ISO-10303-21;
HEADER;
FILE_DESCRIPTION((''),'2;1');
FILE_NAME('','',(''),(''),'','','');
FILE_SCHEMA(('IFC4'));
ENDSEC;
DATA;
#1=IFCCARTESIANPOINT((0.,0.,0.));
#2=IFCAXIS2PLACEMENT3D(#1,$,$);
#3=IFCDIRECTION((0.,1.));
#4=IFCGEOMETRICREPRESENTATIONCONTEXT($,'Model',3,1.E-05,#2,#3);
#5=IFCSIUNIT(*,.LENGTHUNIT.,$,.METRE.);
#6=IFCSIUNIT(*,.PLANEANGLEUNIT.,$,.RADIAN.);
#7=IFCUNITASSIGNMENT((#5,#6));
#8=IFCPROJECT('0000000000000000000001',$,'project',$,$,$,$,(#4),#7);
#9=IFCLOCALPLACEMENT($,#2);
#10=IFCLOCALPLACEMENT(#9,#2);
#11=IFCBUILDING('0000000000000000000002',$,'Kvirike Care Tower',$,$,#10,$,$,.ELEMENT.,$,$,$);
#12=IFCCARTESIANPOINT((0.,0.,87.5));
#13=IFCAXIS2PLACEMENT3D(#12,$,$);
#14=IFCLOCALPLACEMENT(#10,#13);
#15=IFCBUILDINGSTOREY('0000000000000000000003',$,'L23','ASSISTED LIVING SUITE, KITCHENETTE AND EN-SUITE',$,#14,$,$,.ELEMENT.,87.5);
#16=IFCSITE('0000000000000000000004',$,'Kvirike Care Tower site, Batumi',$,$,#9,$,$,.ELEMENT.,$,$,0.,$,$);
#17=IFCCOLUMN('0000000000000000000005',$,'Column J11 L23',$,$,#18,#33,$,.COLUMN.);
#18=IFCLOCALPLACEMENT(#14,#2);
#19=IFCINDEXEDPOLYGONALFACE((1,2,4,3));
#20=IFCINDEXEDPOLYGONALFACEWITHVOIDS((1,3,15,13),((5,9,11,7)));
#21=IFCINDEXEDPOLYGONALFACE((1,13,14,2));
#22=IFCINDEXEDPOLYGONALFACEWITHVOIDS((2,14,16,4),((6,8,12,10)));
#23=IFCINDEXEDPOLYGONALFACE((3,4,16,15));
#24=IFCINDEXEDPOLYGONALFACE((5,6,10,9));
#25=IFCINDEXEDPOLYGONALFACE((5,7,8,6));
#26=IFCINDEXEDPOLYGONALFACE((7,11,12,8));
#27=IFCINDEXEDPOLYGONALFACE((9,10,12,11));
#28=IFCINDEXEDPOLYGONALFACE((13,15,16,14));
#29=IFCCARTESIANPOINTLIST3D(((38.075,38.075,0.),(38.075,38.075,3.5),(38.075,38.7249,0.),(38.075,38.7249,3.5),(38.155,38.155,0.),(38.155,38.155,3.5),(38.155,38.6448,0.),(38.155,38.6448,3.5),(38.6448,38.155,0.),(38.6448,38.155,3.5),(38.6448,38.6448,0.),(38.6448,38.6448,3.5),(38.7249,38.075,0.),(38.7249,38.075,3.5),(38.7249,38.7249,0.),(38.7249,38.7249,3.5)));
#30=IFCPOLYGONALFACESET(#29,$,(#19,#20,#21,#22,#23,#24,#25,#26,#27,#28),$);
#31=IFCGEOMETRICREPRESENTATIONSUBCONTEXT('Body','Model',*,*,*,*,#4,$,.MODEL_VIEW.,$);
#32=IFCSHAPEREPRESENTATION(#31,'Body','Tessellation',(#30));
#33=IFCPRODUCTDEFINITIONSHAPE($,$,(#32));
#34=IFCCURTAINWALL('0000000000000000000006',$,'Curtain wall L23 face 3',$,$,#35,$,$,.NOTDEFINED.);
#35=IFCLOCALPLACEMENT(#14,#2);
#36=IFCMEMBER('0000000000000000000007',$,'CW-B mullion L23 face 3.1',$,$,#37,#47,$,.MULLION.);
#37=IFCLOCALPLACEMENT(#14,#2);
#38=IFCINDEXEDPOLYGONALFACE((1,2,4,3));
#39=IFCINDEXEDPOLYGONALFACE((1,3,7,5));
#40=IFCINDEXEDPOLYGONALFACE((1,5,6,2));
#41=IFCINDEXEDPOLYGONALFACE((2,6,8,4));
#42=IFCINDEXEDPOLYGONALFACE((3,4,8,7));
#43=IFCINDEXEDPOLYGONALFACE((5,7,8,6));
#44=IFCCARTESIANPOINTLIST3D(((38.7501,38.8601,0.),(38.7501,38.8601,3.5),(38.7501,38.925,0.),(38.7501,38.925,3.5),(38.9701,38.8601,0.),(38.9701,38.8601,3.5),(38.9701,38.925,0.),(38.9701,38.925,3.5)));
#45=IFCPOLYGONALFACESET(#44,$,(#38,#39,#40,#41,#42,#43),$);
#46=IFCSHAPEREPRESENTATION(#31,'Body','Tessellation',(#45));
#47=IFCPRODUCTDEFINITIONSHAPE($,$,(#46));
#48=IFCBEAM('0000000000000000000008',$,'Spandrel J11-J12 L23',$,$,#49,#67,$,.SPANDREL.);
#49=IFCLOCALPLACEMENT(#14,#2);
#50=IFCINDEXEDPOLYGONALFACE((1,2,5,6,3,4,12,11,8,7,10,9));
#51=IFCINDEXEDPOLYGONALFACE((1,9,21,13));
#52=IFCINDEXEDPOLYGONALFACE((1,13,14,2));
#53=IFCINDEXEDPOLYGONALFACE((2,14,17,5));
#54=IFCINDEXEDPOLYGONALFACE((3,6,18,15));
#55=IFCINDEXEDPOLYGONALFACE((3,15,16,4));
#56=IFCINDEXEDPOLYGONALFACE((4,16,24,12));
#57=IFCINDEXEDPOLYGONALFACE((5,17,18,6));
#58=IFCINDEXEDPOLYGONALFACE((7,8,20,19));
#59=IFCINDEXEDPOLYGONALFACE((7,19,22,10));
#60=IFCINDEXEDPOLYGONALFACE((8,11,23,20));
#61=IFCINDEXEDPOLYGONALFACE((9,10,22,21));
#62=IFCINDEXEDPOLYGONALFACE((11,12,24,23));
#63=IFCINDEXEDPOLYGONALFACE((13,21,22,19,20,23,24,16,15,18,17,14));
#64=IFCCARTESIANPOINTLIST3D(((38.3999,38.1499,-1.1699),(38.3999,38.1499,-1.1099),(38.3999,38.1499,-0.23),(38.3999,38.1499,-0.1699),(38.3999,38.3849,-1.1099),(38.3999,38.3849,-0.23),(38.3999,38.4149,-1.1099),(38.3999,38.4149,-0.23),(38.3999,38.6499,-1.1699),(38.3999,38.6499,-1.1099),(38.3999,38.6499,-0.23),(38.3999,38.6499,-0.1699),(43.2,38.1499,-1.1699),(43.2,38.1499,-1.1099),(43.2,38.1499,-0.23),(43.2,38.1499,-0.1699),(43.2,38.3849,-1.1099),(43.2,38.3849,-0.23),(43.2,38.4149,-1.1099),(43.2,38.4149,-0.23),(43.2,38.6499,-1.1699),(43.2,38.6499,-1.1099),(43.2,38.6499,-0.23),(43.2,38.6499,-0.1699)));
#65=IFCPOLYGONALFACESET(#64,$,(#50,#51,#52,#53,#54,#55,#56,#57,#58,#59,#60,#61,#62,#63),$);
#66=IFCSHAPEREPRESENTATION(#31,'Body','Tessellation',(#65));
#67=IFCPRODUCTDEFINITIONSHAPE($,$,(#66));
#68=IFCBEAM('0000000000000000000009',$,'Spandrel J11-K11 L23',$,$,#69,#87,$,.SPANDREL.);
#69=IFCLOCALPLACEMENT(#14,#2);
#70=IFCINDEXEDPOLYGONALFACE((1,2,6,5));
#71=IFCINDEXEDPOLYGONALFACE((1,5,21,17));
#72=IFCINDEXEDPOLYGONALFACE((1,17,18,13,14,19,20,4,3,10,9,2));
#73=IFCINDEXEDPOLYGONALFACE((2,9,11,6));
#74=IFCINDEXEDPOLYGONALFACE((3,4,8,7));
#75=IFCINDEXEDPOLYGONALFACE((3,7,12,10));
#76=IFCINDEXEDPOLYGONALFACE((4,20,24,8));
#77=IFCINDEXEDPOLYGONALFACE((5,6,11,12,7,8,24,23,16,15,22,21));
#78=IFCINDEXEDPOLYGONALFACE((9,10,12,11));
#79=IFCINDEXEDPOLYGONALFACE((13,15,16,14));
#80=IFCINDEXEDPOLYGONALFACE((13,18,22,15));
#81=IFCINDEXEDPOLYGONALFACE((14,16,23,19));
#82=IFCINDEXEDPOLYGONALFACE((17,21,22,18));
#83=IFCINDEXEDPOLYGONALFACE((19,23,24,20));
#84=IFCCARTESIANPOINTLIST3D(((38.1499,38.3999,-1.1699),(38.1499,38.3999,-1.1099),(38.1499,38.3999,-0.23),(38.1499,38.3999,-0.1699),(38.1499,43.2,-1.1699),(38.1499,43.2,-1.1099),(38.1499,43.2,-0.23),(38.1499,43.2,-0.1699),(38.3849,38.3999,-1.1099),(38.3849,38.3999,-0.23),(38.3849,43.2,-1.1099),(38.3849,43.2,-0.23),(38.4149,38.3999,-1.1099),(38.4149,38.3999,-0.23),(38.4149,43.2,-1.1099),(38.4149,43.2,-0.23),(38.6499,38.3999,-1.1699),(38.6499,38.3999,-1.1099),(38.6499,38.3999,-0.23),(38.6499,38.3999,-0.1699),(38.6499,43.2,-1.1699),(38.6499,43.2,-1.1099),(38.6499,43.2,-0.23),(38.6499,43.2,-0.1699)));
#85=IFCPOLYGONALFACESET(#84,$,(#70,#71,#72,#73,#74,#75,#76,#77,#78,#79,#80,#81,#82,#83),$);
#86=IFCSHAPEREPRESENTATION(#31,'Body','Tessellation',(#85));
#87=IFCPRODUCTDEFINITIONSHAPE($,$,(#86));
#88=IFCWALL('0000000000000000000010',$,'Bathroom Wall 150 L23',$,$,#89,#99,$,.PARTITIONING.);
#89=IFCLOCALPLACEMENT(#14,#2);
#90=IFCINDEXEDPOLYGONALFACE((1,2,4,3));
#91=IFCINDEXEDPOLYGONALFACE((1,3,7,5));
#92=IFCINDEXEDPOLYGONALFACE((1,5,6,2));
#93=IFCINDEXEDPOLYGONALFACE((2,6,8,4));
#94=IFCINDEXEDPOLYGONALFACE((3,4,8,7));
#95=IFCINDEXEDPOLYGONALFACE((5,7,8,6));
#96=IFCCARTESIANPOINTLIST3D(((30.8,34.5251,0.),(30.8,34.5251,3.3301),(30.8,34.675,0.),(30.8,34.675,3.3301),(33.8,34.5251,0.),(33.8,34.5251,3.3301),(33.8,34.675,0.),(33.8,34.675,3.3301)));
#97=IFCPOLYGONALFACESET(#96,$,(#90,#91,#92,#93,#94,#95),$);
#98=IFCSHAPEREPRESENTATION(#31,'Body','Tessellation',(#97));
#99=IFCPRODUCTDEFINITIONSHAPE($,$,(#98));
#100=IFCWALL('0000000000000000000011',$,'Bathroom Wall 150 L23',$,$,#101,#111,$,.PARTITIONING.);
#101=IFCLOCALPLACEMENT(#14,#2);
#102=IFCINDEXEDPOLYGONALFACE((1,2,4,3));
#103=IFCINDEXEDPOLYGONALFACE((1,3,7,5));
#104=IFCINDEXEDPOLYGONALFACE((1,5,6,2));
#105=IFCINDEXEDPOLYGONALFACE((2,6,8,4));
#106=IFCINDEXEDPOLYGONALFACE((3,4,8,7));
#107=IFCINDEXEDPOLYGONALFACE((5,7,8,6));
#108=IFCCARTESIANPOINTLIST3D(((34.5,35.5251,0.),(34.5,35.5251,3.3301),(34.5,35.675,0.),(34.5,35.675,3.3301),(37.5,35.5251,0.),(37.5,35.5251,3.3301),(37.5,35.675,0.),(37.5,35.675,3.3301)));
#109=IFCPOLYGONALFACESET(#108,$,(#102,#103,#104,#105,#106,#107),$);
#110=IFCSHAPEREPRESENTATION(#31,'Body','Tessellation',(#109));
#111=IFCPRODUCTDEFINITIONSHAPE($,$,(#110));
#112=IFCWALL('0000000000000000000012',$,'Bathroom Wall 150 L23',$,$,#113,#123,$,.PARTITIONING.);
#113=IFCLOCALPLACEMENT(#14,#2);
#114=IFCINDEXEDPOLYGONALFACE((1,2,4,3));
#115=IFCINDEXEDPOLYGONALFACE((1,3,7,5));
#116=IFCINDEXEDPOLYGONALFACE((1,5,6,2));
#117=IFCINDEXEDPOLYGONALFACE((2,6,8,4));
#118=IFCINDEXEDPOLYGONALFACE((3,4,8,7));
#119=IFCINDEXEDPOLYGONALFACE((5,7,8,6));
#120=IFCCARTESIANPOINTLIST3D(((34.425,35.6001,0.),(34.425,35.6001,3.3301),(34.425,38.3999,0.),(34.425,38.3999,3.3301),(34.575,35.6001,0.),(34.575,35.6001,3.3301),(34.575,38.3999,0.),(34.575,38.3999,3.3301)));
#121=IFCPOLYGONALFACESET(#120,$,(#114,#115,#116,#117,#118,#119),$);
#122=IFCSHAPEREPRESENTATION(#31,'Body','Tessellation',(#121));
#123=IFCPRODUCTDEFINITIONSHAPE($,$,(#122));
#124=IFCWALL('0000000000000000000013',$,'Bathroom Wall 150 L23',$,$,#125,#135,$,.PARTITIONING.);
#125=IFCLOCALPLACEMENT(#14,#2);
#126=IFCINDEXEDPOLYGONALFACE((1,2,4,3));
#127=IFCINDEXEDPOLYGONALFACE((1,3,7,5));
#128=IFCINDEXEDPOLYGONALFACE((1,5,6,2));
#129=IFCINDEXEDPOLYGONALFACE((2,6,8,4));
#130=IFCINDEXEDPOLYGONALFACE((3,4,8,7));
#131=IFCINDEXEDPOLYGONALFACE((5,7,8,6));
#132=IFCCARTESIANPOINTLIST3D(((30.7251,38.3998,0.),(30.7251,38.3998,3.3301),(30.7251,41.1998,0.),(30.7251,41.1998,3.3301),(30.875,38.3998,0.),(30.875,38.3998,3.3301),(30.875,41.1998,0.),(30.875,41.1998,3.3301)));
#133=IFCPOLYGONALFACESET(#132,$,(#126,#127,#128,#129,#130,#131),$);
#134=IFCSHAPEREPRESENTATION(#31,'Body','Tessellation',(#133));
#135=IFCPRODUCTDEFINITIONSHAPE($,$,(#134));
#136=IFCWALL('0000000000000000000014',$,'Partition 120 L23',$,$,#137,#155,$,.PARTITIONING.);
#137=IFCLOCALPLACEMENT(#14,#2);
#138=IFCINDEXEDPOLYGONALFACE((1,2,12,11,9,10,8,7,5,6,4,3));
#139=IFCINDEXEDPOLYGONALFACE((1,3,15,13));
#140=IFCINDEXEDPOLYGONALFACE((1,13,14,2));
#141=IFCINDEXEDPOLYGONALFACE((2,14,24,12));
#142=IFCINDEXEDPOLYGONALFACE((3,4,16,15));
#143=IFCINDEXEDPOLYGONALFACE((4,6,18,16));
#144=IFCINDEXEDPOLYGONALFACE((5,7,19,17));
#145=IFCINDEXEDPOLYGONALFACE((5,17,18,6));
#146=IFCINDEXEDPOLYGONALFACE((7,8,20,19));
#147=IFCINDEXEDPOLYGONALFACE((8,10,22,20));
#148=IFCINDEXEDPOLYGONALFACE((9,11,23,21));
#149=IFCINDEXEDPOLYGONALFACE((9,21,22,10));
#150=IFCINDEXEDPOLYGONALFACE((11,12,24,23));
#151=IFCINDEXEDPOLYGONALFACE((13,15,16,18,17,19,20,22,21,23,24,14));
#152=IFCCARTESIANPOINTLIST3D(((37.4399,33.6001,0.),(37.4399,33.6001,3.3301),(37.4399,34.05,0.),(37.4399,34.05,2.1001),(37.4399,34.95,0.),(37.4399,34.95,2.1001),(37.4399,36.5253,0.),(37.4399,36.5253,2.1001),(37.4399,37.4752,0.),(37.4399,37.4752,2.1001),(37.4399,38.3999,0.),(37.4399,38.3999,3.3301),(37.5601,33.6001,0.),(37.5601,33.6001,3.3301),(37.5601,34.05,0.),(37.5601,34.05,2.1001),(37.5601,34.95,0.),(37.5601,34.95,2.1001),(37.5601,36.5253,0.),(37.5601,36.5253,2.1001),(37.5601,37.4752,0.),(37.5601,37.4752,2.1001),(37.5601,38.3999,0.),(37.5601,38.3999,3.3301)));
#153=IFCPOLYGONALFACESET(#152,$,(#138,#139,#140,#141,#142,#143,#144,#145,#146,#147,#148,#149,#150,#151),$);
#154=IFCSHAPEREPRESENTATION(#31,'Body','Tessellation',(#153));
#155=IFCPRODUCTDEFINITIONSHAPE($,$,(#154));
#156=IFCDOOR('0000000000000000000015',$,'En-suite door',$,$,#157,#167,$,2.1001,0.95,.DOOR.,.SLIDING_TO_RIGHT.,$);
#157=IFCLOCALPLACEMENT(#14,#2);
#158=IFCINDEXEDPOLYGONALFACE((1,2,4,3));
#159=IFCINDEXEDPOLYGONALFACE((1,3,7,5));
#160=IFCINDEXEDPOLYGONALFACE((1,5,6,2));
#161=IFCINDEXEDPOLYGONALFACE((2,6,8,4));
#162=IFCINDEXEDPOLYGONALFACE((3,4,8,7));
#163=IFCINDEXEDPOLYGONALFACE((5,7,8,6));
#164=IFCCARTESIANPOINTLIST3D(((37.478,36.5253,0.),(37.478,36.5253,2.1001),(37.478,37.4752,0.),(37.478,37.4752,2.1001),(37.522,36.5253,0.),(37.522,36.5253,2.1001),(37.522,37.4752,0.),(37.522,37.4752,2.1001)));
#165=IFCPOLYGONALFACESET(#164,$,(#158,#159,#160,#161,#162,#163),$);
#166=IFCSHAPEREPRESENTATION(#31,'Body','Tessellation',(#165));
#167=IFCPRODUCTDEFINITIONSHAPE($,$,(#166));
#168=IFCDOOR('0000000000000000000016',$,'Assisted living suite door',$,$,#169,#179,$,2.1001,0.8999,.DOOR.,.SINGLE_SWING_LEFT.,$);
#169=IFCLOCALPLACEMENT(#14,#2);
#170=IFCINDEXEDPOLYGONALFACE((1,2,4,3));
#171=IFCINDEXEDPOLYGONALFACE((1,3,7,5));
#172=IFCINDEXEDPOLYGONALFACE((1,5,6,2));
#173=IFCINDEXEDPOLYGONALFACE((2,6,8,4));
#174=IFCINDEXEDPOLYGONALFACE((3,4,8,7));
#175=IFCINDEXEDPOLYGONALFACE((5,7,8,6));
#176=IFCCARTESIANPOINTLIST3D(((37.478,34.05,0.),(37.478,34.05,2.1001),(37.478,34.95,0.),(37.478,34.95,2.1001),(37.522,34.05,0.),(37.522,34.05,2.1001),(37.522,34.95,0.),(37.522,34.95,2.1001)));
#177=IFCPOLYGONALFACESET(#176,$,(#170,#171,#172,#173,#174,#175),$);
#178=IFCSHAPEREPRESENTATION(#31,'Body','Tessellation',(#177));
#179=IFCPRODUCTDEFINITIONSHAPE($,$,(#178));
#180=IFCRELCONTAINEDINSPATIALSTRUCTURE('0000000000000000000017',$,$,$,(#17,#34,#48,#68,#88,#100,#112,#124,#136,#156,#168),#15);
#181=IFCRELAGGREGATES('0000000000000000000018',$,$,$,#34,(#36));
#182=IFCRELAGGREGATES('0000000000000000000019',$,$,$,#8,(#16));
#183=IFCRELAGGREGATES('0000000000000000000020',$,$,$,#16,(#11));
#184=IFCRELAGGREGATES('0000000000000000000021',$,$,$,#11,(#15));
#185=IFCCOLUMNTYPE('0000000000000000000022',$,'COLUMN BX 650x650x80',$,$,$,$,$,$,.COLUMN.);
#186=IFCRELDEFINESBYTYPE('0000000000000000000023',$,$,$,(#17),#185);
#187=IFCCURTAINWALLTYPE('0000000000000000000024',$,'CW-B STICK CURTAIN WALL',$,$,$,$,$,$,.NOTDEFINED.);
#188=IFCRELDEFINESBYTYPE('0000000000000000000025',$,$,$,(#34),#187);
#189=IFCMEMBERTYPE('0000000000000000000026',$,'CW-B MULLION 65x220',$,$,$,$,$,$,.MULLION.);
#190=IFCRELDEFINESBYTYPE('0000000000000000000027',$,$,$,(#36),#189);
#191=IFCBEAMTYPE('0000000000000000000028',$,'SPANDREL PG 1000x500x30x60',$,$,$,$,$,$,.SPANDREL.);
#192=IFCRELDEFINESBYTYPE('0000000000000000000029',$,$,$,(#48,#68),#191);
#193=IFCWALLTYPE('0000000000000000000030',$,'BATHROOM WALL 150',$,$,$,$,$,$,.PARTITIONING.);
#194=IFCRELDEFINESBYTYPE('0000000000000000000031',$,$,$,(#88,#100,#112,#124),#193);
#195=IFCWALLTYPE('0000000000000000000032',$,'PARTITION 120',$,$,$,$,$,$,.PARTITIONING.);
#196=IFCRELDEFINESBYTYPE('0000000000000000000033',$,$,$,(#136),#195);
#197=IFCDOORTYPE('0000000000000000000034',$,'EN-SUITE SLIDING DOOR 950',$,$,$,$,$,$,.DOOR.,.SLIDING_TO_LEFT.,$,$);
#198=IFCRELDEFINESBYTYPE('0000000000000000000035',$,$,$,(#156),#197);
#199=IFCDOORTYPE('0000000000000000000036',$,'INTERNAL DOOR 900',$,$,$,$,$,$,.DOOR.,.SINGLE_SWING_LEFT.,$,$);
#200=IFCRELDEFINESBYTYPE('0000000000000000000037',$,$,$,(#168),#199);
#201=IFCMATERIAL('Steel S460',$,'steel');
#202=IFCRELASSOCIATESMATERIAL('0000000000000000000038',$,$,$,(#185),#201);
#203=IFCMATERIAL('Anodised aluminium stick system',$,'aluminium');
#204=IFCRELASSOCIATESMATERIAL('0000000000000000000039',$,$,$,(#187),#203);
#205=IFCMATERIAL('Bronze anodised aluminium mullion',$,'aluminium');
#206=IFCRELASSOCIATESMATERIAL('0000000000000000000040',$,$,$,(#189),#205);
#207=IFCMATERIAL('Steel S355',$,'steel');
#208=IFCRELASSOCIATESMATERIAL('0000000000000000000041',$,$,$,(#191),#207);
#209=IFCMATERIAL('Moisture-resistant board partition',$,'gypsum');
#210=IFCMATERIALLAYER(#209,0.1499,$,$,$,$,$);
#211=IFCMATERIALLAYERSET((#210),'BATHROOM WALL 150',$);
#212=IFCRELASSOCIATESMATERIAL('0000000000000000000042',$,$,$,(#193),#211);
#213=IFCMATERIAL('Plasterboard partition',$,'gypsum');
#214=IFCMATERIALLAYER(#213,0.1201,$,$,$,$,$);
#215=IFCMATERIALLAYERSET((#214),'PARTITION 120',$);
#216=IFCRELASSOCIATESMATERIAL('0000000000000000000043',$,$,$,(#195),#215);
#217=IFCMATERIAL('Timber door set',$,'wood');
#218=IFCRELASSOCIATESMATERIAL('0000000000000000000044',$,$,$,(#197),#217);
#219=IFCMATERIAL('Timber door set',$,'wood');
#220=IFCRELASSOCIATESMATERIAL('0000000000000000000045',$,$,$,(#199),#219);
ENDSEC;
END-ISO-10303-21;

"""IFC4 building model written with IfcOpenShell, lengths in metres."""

from ifc_helpers import new_model, si_unit, direction, frame, frame_2d, origin, origin_2d, place, context, subcontext, project, spatial, rectangle, hollow_rectangle, i_section, extrude, material, layer, layer_set, material_profile, profile_set, type_object, element, fill, aggregate, save


model = new_model("IFC4")

# Units and contexts
model_context = context("Model", 3, precision=1e-05, world=origin(), true_north=direction((0.0, 1.0)))
body_context = subcontext(model_context, "Body", "Model", "MODEL_VIEW")
ifc_project = project(units=[si_unit("LENGTHUNIT", "METRE"), si_unit("PLANEANGLEUNIT", "RADIAN")], contexts=[model_context])

# Site, building, storey
site_placement = place(None, origin())
site = spatial("IfcSite", under=ifc_project, at=site_placement, Name="Kvirike Care Tower site, Batumi", CompositionType="ELEMENT", RefElevation=0.0)
building_placement = place(site_placement, origin())
building = spatial("IfcBuilding", under=site, at=building_placement, Name="Kvirike Care Tower", CompositionType="ELEMENT")
storey_placement = place(building_placement, frame((0.0, 0.0, 87.5)))
storey = spatial("IfcBuildingStorey", under=building, at=storey_placement, Name="L23", Description="ASSISTED LIVING SUITE, KITCHENETTE AND EN-SUITE", CompositionType="ELEMENT", Elevation=87.5)

# Column
ifc_material_1 = material(Name="Steel S460", Category="steel")
ifc_material_profile_1 = material_profile(ifc_material_1, hollow_rectangle(XDim=0.6499, YDim=0.6499, WallThickness=0.0801, at=origin_2d()), Name="BX 650x650x80")
ifc_profile_set_1 = profile_set([ifc_material_profile_1], Name="Steel S460")
column_type = type_object("IfcColumnType", Name="COLUMN BX 650x650x80", PredefinedType="COLUMN", material=ifc_profile_set_1)
column_placement = place(storey_placement, frame((38.3999, 38.3999, 0.0), z_axis=(0.0, 0.0, 1.0), x_axis=(0.0, 1.0, 0.0)))
element("IfcColumn", 1, at=column_placement, inside=storey, type_object=column_type, Name="Column J11 L23", PredefinedType="COLUMN", context=body_context, shape_type="SweptSolid", body=[
    extrude(hollow_rectangle(XDim=0.6499, YDim=0.6499, WallThickness=0.0801, at=origin_2d()), origin(), (0.0, 0.0, 1.0), 3.5),
])

# Curtain wall, member
ifc_material_2 = material(Name="Anodised aluminium stick system", Category="aluminium")
curtain_wall_type = type_object("IfcCurtainWallType", Name="CW-B STICK CURTAIN WALL", PredefinedType="NOTDEFINED", material=ifc_material_2)
curtain_wall_placement = place(storey_placement, origin())
curtain_wall = element("IfcCurtainWall", 2, at=curtain_wall_placement, inside=storey, type_object=curtain_wall_type, Name="Curtain wall L23 face 3", PredefinedType="NOTDEFINED")
ifc_material_3 = material(Name="Bronze anodised aluminium mullion", Category="aluminium")
ifc_material_profile_2 = material_profile(ifc_material_3, rectangle(XDim=0.0649, YDim=0.22, at=origin_2d()), Name="CW-B MULLION 65x220")
ifc_profile_set_2 = profile_set([ifc_material_profile_2], Name="Bronze anodised aluminium mullion")
member_type = type_object("IfcMemberType", Name="CW-B MULLION 65x220", PredefinedType="MULLION", material=ifc_profile_set_2)
member_placement = place(storey_placement, frame((38.8601, 38.8926, 0.0), z_axis=(0.0, 0.0, 1.0), x_axis=(0.0, 1.0, 0.0)))
member = element("IfcMember", 3, at=member_placement, type_object=member_type, Name="CW-B mullion L23 face 3.1", PredefinedType="MULLION", context=body_context, shape_type="SweptSolid", body=[
    extrude(rectangle(XDim=0.0649, YDim=0.22, at=origin_2d()), origin(), (0.0, 0.0, 1.0), 3.5),
])
aggregate(curtain_wall, [member])

# Beams
ifc_material_4 = material(Name="Steel S355", Category="steel")
ifc_material_profile_3 = material_profile(ifc_material_4, i_section(OverallWidth=0.5, OverallDepth=1.0, WebThickness=0.03, FlangeThickness=0.0601, at=origin_2d()), Name="PG 1000x500x30x60")
ifc_profile_set_3 = profile_set([ifc_material_profile_3], Name="Steel S355")
beam_type = type_object("IfcBeamType", Name="SPANDREL PG 1000x500x30x60", PredefinedType="SPANDREL", material=ifc_profile_set_3)
for number, where, z_axis, x_axis, name in (
    (4, (38.3999, 38.3999, -0.6699), (1.0, 0.0, 0.0), (0.0, 1.0, 0.0), "Spandrel J11-J12 L23"),
    (5, (38.3999, 38.3999, -0.6699), (0.0, 1.0, 0.0), (-1.0, 0.0, 0.0), "Spandrel J11-K11 L23"),
):
    element("IfcBeam", number, at=place(storey_placement, frame(where, z_axis=z_axis, x_axis=x_axis)), inside=storey, type_object=beam_type, Name=name, PredefinedType="SPANDREL", context=body_context, shape_type="SweptSolid", body=[
        extrude(i_section(OverallWidth=0.5, OverallDepth=1.0, WebThickness=0.03, FlangeThickness=0.0601, at=origin_2d()), origin(), (0.0, 0.0, 1.0), 4.8),
    ])

# Walls
ifc_material_5 = material(Name="Moisture-resistant board partition", Category="gypsum")
ifc_layer_1 = layer(ifc_material_5, 0.1499)
ifc_layer_set_1 = layer_set([ifc_layer_1], Name="BATHROOM WALL 150")
wall_type_1 = type_object("IfcWallType", Name="BATHROOM WALL 150", PredefinedType="PARTITIONING", material=ifc_layer_set_1)
for number, where, z_axis, x_axis, name in (
    (6, (33.8, 34.6001, 0.0), (0.0, 0.0, 1.0), (-1.0, 0.0, 0.0), "Bathroom Wall 150 L23"),
    (7, (37.5, 35.6001, 0.0), (0.0, 0.0, 1.0), (-1.0, 0.0, 0.0), "Bathroom Wall 150 L23"),
):
    element("IfcWall", number, at=place(storey_placement, frame(where, z_axis=z_axis, x_axis=x_axis)), inside=storey, type_object=wall_type_1, Name=name, PredefinedType="PARTITIONING", context=body_context, shape_type="SweptSolid", body=[
        extrude(rectangle(XDim=3.0, YDim=0.1499, at=frame_2d((1.5, 0.0))), origin(), (0.0, 0.0, 1.0), 3.3301),
    ])
wall_1_placement = place(storey_placement, frame((34.5, 35.6001, 0.0), z_axis=(0.0, 0.0, 1.0), x_axis=(0.0, 1.0, 0.0)))
element("IfcWall", 8, at=wall_1_placement, inside=storey, type_object=wall_type_1, Name="Bathroom Wall 150 L23", PredefinedType="PARTITIONING", context=body_context, shape_type="SweptSolid", body=[
    extrude(rectangle(XDim=2.7998, YDim=0.1499, at=frame_2d((1.3999, 0.0))), origin(), (0.0, 0.0, 1.0), 3.3301),
])
wall_2_placement = place(storey_placement, frame((30.8, 38.3999, 0.0), z_axis=(0.0, 0.0, 1.0), x_axis=(0.0, 1.0, 0.0)))
element("IfcWall", 9, at=wall_2_placement, inside=storey, type_object=wall_type_1, Name="Bathroom Wall 150 L23", PredefinedType="PARTITIONING", context=body_context, shape_type="SweptSolid", body=[
    extrude(rectangle(XDim=2.8, YDim=0.1499, at=frame_2d((1.3999, 0.0))), origin(), (0.0, 0.0, 1.0), 3.3301),
])

# Wall, openings, doors
ifc_material_6 = material(Name="Plasterboard partition", Category="gypsum")
ifc_layer_2 = layer(ifc_material_6, 0.1201)
ifc_layer_set_2 = layer_set([ifc_layer_2], Name="PARTITION 120")
wall_type_2 = type_object("IfcWallType", Name="PARTITION 120", PredefinedType="PARTITIONING", material=ifc_layer_set_2)
wall_3_placement = place(storey_placement, frame((37.5, 33.6001, 0.0), z_axis=(0.0, 0.0, 1.0), x_axis=(0.0, 1.0, 0.0)))
wall_3 = element("IfcWall", 10, at=wall_3_placement, inside=storey, type_object=wall_type_2, Name="Partition 120 L23", PredefinedType="PARTITIONING", context=body_context, shape_type="SweptSolid", body=[
    extrude(rectangle(XDim=4.7998, YDim=0.1201, at=frame_2d((2.3999, 0.0))), origin(), (0.0, 0.0, 1.0), 3.3301),
])
opening_1_placement = place(wall_3_placement, frame((0.45, 0.0, 0.0)))
opening_1 = element("IfcOpeningElement", 11, at=opening_1_placement, cuts=wall_3, PredefinedType="OPENING", context=body_context, shape_type="SweptSolid", body=[
    extrude(rectangle(XDim=0.8999, YDim=2.1001, at=frame_2d((0.45, 1.05))), frame((0.0, 0.0706, 0.0), z_axis=(0.0, -1.0, 0.0), x_axis=(1.0, 0.0, 0.0)), (0.0, 0.0, 1.0), 0.1411),
])
opening_2_placement = place(wall_3_placement, frame((2.925, 0.0, 0.0)))
opening_2 = element("IfcOpeningElement", 12, at=opening_2_placement, cuts=wall_3, PredefinedType="OPENING", context=body_context, shape_type="SweptSolid", body=[
    extrude(rectangle(XDim=0.95, YDim=2.1001, at=frame_2d((0.4751, 1.05))), frame((0.0, 0.0706, 0.0), z_axis=(0.0, -1.0, 0.0), x_axis=(1.0, 0.0, 0.0)), (0.0, 0.0, 1.0), 0.1411),
])
ifc_material_7 = material(Name="Timber door set", Category="wood")
door_type_1 = type_object("IfcDoorType", Name="EN-SUITE SLIDING DOOR 950", OperationType="SLIDING_TO_LEFT", PredefinedType="DOOR", material=ifc_material_7)
door_1_placement = place(opening_2_placement, origin())
door_1 = element("IfcDoor", 13, at=door_1_placement, inside=storey, type_object=door_type_1, Name="En-suite door", OperationType="SLIDING_TO_RIGHT", OverallHeight=2.1001, OverallWidth=0.95, PredefinedType="DOOR", context=body_context, shape_type="SweptSolid", body=[
    extrude(rectangle(XDim=0.95, YDim=2.1001, at=frame_2d((0.4751, 1.05))), frame((0.0, 0.022, 0.0), z_axis=(0.0, -1.0, 0.0), x_axis=(1.0, 0.0, 0.0)), (0.0, 0.0, 1.0), 0.0439),
])
fill(opening_2, door_1)
ifc_material_8 = material(Name="Timber door set", Category="wood")
door_type_2 = type_object("IfcDoorType", Name="INTERNAL DOOR 900", OperationType="SINGLE_SWING_LEFT", PredefinedType="DOOR", material=ifc_material_8)
door_2_placement = place(opening_1_placement, origin())
door_2 = element("IfcDoor", 14, at=door_2_placement, inside=storey, type_object=door_type_2, Name="Assisted living suite door", OperationType="SINGLE_SWING_LEFT", OverallHeight=2.1001, OverallWidth=0.8999, PredefinedType="DOOR", context=body_context, shape_type="SweptSolid", body=[
    extrude(rectangle(XDim=0.8999, YDim=2.1001, at=frame_2d((0.45, 1.05))), frame((0.0, 0.022, 0.0), z_axis=(0.0, -1.0, 0.0), x_axis=(1.0, 0.0, 0.0)), (0.0, 0.0, 1.0), 0.0439),
])
fill(opening_1, door_2)

save(model, "model.ifc")
